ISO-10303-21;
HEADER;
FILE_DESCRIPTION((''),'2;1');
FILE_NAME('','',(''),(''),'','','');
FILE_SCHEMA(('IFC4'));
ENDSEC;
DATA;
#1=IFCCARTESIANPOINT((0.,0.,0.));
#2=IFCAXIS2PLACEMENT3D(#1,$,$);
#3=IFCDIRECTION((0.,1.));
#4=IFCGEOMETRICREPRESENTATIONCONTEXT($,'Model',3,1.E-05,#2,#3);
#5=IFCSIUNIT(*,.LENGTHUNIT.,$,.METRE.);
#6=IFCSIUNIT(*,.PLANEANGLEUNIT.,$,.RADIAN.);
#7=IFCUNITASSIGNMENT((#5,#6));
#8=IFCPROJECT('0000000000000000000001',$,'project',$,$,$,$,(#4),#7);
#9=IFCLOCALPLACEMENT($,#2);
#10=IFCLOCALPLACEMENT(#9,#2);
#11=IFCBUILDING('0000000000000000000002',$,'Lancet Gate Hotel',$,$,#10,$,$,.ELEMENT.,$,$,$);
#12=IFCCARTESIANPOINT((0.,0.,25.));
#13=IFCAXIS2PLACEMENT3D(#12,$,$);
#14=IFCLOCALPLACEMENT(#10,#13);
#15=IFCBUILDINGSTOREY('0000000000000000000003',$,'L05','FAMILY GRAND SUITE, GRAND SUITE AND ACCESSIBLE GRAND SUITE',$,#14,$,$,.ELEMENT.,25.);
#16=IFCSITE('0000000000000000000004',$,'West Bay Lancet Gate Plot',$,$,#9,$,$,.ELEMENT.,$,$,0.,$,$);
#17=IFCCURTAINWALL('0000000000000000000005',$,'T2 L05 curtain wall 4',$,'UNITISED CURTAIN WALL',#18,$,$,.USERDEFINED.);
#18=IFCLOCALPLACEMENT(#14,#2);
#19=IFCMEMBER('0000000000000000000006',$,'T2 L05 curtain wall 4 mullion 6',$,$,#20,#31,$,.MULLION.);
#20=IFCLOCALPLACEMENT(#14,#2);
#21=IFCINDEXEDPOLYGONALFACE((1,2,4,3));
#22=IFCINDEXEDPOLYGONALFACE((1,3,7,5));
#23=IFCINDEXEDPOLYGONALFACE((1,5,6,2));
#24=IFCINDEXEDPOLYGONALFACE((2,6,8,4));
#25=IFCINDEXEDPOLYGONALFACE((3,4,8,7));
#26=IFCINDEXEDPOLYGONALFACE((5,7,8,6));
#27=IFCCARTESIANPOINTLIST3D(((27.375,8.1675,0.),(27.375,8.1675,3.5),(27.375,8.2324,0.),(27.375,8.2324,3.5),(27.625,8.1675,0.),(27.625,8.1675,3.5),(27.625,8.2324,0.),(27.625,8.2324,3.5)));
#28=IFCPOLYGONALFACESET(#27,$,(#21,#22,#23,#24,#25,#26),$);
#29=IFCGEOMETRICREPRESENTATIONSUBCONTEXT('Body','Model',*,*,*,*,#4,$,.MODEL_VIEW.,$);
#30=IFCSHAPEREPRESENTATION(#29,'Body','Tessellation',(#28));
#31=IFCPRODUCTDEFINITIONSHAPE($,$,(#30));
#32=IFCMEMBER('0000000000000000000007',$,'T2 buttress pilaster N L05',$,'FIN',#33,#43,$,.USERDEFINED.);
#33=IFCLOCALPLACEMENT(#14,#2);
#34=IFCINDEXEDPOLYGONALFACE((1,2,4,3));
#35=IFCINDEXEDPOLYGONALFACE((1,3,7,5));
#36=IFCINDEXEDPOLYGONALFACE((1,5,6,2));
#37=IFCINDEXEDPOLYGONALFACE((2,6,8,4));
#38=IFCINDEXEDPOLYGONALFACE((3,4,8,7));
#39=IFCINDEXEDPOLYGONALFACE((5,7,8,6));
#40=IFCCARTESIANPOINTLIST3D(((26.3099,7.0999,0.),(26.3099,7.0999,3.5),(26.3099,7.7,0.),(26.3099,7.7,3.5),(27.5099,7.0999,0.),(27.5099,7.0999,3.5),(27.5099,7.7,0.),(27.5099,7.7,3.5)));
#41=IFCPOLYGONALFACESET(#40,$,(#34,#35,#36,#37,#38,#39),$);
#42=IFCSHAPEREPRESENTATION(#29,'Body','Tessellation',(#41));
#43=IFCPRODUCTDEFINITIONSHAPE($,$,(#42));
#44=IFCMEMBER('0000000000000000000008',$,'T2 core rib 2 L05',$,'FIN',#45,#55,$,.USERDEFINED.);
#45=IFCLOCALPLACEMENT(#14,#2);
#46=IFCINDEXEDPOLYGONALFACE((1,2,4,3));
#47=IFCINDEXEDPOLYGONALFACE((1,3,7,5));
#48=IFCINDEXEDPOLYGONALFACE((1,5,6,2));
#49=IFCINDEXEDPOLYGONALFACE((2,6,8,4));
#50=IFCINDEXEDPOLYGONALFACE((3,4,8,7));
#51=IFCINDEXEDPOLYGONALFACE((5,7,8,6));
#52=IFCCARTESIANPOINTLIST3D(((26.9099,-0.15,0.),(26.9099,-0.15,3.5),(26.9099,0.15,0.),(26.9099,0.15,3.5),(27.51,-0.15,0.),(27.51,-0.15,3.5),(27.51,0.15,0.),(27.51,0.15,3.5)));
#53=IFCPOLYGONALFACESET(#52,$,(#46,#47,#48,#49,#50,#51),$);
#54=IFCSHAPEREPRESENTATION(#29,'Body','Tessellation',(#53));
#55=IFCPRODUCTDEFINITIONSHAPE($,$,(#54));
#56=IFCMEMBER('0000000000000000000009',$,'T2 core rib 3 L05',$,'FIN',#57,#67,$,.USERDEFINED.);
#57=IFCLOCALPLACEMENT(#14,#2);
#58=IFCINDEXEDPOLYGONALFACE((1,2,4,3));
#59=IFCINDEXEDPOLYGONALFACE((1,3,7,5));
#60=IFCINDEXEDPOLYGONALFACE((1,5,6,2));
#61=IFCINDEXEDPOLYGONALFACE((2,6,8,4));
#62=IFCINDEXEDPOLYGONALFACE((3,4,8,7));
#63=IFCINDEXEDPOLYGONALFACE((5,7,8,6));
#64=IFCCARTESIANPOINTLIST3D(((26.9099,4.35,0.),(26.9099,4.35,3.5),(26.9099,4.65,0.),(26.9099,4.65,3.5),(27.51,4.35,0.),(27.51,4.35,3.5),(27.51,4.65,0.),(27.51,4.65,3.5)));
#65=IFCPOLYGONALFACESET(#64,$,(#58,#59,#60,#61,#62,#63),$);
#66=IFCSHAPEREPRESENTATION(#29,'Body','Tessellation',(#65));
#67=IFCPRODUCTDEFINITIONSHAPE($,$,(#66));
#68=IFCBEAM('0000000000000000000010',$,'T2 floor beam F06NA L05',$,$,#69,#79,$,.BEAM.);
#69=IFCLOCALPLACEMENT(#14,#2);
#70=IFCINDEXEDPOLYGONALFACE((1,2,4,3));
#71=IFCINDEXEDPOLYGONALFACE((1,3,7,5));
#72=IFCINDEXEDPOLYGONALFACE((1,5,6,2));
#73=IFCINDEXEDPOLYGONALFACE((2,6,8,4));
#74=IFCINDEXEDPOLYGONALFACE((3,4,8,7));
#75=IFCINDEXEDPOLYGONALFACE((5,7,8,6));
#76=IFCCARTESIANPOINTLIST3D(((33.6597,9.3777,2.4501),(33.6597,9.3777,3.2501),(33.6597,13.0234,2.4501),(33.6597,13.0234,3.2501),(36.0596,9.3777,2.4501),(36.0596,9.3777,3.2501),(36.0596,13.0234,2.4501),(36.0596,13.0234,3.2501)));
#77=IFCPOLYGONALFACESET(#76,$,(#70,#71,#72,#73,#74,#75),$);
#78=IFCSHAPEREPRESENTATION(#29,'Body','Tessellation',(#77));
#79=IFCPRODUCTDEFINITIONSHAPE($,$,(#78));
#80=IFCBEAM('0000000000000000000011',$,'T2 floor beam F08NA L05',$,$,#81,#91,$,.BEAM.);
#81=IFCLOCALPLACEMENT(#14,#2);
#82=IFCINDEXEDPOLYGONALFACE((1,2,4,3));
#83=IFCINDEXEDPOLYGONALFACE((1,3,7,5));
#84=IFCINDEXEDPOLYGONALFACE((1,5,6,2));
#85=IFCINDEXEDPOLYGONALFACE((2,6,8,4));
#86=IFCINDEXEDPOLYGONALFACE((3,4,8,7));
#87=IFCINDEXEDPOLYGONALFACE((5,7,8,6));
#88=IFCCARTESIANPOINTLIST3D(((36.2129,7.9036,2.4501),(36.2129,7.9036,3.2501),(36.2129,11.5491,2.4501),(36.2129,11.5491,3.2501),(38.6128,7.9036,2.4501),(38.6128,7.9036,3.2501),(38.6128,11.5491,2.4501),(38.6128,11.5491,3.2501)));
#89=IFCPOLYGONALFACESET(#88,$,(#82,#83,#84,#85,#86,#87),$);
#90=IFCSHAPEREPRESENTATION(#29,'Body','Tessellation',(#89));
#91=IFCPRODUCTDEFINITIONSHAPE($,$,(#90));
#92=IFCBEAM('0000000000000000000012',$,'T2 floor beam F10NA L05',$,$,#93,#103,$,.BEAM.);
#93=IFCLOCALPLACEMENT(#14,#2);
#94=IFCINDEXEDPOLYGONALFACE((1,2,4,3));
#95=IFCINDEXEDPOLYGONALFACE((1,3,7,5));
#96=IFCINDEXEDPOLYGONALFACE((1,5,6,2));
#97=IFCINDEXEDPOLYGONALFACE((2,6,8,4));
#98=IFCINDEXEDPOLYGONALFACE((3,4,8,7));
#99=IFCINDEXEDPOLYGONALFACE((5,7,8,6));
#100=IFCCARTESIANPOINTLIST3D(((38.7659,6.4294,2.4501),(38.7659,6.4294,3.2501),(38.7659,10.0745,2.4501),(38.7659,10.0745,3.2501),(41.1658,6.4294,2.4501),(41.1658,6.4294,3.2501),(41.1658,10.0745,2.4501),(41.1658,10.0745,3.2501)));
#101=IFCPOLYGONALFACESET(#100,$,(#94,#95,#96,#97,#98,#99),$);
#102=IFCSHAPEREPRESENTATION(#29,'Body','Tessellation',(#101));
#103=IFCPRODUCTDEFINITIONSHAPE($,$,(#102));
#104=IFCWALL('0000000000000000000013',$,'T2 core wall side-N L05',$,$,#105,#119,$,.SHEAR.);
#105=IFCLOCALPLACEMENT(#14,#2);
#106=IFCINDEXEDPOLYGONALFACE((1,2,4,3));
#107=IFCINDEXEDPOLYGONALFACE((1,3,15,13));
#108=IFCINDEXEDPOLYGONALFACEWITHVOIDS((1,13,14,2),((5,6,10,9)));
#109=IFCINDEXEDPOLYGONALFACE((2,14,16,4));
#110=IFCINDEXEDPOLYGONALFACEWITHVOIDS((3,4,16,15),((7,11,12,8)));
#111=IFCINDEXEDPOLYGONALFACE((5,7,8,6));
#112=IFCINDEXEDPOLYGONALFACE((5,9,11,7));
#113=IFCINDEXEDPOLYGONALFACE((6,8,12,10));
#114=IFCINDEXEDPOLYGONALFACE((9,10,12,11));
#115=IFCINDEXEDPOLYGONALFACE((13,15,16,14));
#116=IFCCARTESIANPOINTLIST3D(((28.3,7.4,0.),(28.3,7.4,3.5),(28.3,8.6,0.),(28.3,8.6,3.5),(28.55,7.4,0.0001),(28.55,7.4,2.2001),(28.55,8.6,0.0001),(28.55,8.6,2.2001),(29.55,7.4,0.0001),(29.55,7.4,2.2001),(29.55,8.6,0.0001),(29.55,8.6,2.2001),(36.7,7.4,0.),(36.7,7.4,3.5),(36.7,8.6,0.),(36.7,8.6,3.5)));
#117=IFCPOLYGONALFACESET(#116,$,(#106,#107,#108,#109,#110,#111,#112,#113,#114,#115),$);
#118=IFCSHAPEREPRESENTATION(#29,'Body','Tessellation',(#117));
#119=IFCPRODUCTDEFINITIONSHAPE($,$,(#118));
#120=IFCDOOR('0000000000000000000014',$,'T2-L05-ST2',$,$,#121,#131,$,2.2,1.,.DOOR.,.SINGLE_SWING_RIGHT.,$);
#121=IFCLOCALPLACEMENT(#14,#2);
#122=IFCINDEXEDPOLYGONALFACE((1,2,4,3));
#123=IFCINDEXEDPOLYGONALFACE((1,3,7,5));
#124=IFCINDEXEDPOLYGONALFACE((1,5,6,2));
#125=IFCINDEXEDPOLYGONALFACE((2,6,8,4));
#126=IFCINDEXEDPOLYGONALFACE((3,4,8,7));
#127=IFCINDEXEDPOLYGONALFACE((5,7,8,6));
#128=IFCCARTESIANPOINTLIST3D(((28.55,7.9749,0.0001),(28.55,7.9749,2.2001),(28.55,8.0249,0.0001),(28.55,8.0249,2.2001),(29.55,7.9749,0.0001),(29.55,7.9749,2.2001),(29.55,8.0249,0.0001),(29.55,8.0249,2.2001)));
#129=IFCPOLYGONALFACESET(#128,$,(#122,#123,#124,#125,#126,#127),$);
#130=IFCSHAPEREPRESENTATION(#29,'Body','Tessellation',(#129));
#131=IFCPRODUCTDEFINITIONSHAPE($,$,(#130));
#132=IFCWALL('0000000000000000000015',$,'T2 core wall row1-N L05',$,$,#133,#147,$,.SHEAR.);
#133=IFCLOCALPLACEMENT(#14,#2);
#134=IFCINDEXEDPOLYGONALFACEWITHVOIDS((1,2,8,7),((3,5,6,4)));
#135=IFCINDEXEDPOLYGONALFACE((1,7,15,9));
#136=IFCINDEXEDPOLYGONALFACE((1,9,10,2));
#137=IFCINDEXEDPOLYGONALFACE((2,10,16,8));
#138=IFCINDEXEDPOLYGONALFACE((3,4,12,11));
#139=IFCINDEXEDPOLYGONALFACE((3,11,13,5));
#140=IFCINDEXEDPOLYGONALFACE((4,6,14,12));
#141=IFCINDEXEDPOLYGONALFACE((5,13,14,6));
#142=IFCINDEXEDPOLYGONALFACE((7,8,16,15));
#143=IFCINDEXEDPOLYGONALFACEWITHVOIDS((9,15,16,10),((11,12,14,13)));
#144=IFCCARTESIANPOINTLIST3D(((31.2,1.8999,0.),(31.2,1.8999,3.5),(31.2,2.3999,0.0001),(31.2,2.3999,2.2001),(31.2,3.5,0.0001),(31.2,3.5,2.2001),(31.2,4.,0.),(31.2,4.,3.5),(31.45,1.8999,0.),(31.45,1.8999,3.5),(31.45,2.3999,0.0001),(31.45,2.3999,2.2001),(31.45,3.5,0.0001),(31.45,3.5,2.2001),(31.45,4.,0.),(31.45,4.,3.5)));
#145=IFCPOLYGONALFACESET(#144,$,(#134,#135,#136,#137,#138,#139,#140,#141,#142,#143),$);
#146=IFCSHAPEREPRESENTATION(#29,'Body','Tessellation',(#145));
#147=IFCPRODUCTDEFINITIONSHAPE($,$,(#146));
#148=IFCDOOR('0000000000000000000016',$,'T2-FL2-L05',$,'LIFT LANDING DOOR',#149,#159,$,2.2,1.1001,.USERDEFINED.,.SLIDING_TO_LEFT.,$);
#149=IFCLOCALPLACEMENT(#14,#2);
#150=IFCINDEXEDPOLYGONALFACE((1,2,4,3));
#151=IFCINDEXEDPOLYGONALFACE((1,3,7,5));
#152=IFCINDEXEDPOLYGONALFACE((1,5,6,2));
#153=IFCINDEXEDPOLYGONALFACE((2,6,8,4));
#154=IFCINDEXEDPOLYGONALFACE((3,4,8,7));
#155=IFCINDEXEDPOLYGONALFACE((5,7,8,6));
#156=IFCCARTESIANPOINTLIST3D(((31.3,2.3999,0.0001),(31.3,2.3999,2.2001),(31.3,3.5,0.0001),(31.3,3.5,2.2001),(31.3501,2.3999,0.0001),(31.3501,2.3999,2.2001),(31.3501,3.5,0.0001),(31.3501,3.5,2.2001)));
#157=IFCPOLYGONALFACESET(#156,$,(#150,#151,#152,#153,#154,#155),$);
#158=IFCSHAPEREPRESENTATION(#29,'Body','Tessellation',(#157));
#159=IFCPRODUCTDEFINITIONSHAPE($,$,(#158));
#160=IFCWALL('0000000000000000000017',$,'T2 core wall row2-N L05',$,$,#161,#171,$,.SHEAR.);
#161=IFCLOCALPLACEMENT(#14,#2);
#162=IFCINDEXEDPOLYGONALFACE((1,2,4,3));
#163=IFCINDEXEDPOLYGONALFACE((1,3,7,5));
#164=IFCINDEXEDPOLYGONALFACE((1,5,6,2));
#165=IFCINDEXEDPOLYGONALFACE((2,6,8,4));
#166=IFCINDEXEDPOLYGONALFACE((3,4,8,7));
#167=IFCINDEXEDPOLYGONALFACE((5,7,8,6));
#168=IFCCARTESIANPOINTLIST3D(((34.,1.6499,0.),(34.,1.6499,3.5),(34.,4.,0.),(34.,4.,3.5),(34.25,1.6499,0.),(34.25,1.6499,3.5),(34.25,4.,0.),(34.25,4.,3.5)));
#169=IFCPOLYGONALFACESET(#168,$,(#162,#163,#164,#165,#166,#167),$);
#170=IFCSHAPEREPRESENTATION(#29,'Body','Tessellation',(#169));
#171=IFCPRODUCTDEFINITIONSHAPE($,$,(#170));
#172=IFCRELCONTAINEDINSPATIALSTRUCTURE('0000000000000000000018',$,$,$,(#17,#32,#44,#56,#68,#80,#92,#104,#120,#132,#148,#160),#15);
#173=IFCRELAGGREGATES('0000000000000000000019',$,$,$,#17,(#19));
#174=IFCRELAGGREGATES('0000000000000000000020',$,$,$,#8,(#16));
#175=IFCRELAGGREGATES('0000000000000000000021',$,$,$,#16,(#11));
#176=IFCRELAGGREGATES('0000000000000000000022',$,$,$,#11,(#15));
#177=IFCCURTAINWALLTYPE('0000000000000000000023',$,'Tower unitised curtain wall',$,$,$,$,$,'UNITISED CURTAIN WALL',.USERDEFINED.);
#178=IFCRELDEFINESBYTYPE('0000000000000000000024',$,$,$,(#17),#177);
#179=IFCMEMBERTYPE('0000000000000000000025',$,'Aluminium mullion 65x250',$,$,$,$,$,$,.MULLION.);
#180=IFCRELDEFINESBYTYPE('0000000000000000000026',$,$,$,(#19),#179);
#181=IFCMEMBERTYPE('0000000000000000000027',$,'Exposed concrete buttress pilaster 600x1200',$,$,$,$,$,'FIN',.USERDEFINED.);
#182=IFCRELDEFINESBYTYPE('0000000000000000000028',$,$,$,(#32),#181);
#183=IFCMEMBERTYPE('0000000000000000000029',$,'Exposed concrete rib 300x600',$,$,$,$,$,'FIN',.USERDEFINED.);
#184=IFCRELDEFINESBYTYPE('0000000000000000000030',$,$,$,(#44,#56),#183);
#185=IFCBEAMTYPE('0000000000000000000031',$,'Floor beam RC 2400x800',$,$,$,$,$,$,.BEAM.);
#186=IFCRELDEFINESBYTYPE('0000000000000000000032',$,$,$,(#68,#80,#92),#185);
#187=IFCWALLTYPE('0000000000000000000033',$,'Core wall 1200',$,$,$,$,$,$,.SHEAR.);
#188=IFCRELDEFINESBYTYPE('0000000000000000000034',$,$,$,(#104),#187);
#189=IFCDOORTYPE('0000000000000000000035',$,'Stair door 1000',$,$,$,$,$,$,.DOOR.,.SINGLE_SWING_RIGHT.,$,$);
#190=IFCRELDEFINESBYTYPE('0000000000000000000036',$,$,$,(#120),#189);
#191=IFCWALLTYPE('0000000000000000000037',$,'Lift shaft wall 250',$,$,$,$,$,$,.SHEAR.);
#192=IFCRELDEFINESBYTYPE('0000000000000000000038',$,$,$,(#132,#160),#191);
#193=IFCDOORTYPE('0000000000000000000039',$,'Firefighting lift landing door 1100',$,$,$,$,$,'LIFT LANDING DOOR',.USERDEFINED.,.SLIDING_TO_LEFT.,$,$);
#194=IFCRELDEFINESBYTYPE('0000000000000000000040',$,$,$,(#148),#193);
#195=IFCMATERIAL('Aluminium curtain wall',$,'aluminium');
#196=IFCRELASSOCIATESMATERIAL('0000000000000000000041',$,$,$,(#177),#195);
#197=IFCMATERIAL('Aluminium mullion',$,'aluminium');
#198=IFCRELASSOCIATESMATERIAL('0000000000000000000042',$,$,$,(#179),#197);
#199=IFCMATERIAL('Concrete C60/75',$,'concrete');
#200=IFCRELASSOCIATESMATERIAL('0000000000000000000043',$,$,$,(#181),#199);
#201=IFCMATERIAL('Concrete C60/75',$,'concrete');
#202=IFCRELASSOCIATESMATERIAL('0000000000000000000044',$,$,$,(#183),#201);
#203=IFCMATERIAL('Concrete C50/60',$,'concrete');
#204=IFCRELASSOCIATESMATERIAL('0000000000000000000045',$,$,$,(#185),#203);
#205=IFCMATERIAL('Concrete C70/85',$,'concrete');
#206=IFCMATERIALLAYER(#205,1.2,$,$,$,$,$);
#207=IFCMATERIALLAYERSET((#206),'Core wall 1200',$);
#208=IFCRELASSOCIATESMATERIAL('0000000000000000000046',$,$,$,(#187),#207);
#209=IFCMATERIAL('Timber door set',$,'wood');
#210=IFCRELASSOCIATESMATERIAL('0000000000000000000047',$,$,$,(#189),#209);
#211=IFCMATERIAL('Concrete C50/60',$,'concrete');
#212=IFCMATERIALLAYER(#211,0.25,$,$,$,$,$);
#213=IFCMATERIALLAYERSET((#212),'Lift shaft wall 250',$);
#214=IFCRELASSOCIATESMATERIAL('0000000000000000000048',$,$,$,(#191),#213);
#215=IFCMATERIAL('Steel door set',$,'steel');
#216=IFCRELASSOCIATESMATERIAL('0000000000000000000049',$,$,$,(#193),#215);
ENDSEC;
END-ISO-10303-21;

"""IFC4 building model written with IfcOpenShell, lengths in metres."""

from ifc_helpers import new_model, si_unit, direction, frame, frame_2d, origin, origin_2d, place, context, subcontext, project, spatial, rectangle, extrude, material, layer, layer_set, material_profile, profile_set, type_object, element, fill, aggregate, save


model = new_model("IFC4")

# Units and contexts
model_context = context("Model", 3, precision=1e-05, world=origin(), true_north=direction((0.0, 1.0)))
body_context = subcontext(model_context, "Body", "Model", "MODEL_VIEW")
ifc_project = project(units=[si_unit("LENGTHUNIT", "METRE"), si_unit("PLANEANGLEUNIT", "RADIAN")], contexts=[model_context])

# Site, building, storey
site_placement = place(None, origin())
site = spatial("IfcSite", under=ifc_project, at=site_placement, Name="West Bay Lancet Gate Plot", CompositionType="ELEMENT", RefElevation=0.0)
building_placement = place(site_placement, origin())
building = spatial("IfcBuilding", under=site, at=building_placement, Name="Lancet Gate Hotel", CompositionType="ELEMENT")
storey_placement = place(building_placement, frame((0.0, 0.0, 25.0)))
storey = spatial("IfcBuildingStorey", under=building, at=storey_placement, Name="L05", Description="FAMILY GRAND SUITE, GRAND SUITE AND ACCESSIBLE GRAND SUITE", CompositionType="ELEMENT", Elevation=25.0)

# Curtain wall, member
ifc_material_1 = material(Name="Aluminium curtain wall", Category="aluminium")
curtain_wall_type = type_object("IfcCurtainWallType", Name="Tower unitised curtain wall", ElementType="UNITISED CURTAIN WALL", PredefinedType="USERDEFINED", material=ifc_material_1)
curtain_wall_placement = place(storey_placement, origin())
curtain_wall = element("IfcCurtainWall", 1, at=curtain_wall_placement, inside=storey, type_object=curtain_wall_type, Name="T2 L05 curtain wall 4", ObjectType="UNITISED CURTAIN WALL", PredefinedType="USERDEFINED")
ifc_material_2 = material(Name="Aluminium mullion", Category="aluminium")
ifc_material_profile_1 = material_profile(ifc_material_2, rectangle(XDim=0.0649, YDim=0.25, at=origin_2d()), Name="MULLION 65x250")
ifc_profile_set_1 = profile_set([ifc_material_profile_1], Name="Aluminium mullion")
member_type_1 = type_object("IfcMemberType", Name="Aluminium mullion 65x250", PredefinedType="MULLION", material=ifc_profile_set_1)
member_1_placement = place(storey_placement, frame((27.5, 8.2, 0.0), z_axis=(0.0, 0.0, 1.0), x_axis=(0.0, -1.0, 0.0)))
member_1 = element("IfcMember", 2, at=member_1_placement, type_object=member_type_1, Name="T2 L05 curtain wall 4 mullion 6", PredefinedType="MULLION", context=body_context, shape_type="SweptSolid", body=[
    extrude(rectangle(XDim=0.0649, YDim=0.25, at=origin_2d()), origin(), (0.0, 0.0, 1.0), 3.5),
])
aggregate(curtain_wall, [member_1])

# Members
ifc_material_3 = material(Name="Concrete C60/75", Category="concrete")
ifc_material_profile_2 = material_profile(ifc_material_3, rectangle(XDim=0.6001, YDim=1.2, at=origin_2d()), Name="FIN 600x1200")
ifc_profile_set_2 = profile_set([ifc_material_profile_2], Name="Concrete C60/75")
member_type_2 = type_object("IfcMemberType", Name="Exposed concrete buttress pilaster 600x1200", ElementType="FIN", PredefinedType="USERDEFINED", material=ifc_profile_set_2)
member_2_placement = place(storey_placement, frame((26.9099, 7.3999, 0.0), z_axis=(0.0, 0.0, 1.0), x_axis=(0.0, 1.0, 0.0)))
element("IfcMember", 3, at=member_2_placement, inside=storey, type_object=member_type_2, Name="T2 buttress pilaster N L05", ObjectType="FIN", PredefinedType="USERDEFINED", context=body_context, shape_type="SweptSolid", body=[
    extrude(rectangle(XDim=0.6001, YDim=1.2, at=origin_2d()), origin(), (0.0, 0.0, 1.0), 3.5),
])
ifc_material_4 = material(Name="Concrete C60/75", Category="concrete")
ifc_material_profile_3 = material_profile(ifc_material_4, rectangle(XDim=0.3, YDim=0.6001, at=origin_2d()), Name="FIN 300x600")
ifc_profile_set_3 = profile_set([ifc_material_profile_3], Name="Concrete C60/75")
member_type_3 = type_object("IfcMemberType", Name="Exposed concrete rib 300x600", ElementType="FIN", PredefinedType="USERDEFINED", material=ifc_profile_set_3)
for number, where, z_axis, x_axis, name in (
    (4, (27.21, 0.0, 0.0), (0.0, 0.0, 1.0), (0.0, 1.0, 0.0), "T2 core rib 2 L05"),
    (5, (27.21, 4.5, 0.0), (0.0, 0.0, 1.0), (0.0, 1.0, 0.0), "T2 core rib 3 L05"),
):
    element("IfcMember", number, at=place(storey_placement, frame(where, z_axis=z_axis, x_axis=x_axis)), inside=storey, type_object=member_type_3, Name=name, ObjectType="FIN", PredefinedType="USERDEFINED", context=body_context, shape_type="SweptSolid", body=[
        extrude(rectangle(XDim=0.3, YDim=0.6001, at=origin_2d()), origin(), (0.0, 0.0, 1.0), 3.5),
    ])

# Beams
ifc_material_5 = material(Name="Concrete C50/60", Category="concrete")
ifc_material_profile_4 = material_profile(ifc_material_5, rectangle(XDim=2.3999, YDim=0.8, at=origin_2d()), Name="RC 2400x800")
ifc_profile_set_4 = profile_set([ifc_material_profile_4], Name="Concrete C50/60")
beam_type = type_object("IfcBeamType", Name="Floor beam RC 2400x800", PredefinedType="BEAM", material=ifc_profile_set_4)
beam_1_placement = place(storey_placement, frame((34.8596, 9.3777, 2.8501), z_axis=(0.0, 1.0, 0.0), x_axis=(-1.0, 0.0, 0.0)))
element("IfcBeam", 6, at=beam_1_placement, inside=storey, type_object=beam_type, Name="T2 floor beam F06NA L05", PredefinedType="BEAM", context=body_context, shape_type="SweptSolid", body=[
    extrude(rectangle(XDim=2.3999, YDim=0.8, at=origin_2d()), origin(), (0.0, 0.0, 1.0), 3.6458),
])
beam_2_placement = place(storey_placement, frame((37.4128, 7.9036, 2.8501), z_axis=(0.0, 1.0, 0.0), x_axis=(-1.0, 0.0, 0.0)))
element("IfcBeam", 7, at=beam_2_placement, inside=storey, type_object=beam_type, Name="T2 floor beam F08NA L05", PredefinedType="BEAM", context=body_context, shape_type="SweptSolid", body=[
    extrude(rectangle(XDim=2.3999, YDim=0.8, at=origin_2d()), origin(), (0.0, 0.0, 1.0), 3.6455),
])
beam_3_placement = place(storey_placement, frame((39.9658, 6.4294, 2.8501), z_axis=(0.0, 1.0, 0.0), x_axis=(-1.0, 0.0, 0.0)))
element("IfcBeam", 8, at=beam_3_placement, inside=storey, type_object=beam_type, Name="T2 floor beam F10NA L05", PredefinedType="BEAM", context=body_context, shape_type="SweptSolid", body=[
    extrude(rectangle(XDim=2.3999, YDim=0.8, at=origin_2d()), origin(), (0.0, 0.0, 1.0), 3.645),
])

# Walls, openings, doors
ifc_material_6 = material(Name="Concrete C70/85", Category="concrete")
ifc_layer_1 = layer(ifc_material_6, 1.2)
ifc_layer_set_1 = layer_set([ifc_layer_1], Name="Core wall 1200")
wall_type_1 = type_object("IfcWallType", Name="Core wall 1200", PredefinedType="SHEAR", material=ifc_layer_set_1)
wall_1_placement = place(storey_placement, frame((28.3, 8.0, 0.0), z_axis=(0.0, 0.0, 1.0), x_axis=(1.0, 0.0, 0.0)))
wall_1 = element("IfcWall", 9, at=wall_1_placement, inside=storey, type_object=wall_type_1, Name="T2 core wall side-N L05", PredefinedType="SHEAR", context=body_context, shape_type="SweptSolid", body=[
    extrude(rectangle(XDim=8.3999, YDim=1.2, at=frame_2d((4.2, 0.0))), origin(), (0.0, 0.0, 1.0), 3.5),
])
opening_1_placement = place(wall_1_placement, frame((0.25, 0.0, 0.0)))
opening_1 = element("IfcOpeningElement", 10, at=opening_1_placement, cuts=wall_1, PredefinedType="OPENING", context=body_context, shape_type="SweptSolid", body=[
    extrude(rectangle(XDim=1.0, YDim=2.2, at=frame_2d((0.5, 1.1001))), frame((0.0, 0.6099, 0.0), z_axis=(0.0, -1.0, 0.0), x_axis=(1.0, 0.0, 0.0)), (0.0, 0.0, 1.0), 1.22),
])
ifc_material_7 = material(Name="Timber door set", Category="wood")
door_type_1 = type_object("IfcDoorType", Name="Stair door 1000", OperationType="SINGLE_SWING_RIGHT", PredefinedType="DOOR", material=ifc_material_7)
door_1_placement = place(opening_1_placement, origin())
door_1 = element("IfcDoor", 11, at=door_1_placement, inside=storey, type_object=door_type_1, Name="T2-L05-ST2", OperationType="SINGLE_SWING_RIGHT", OverallHeight=2.2, OverallWidth=1.0, PredefinedType="DOOR", context=body_context, shape_type="SweptSolid", body=[
    extrude(rectangle(XDim=1.0, YDim=2.2, at=frame_2d((0.5, 1.1001))), frame((0.0, 0.0249, 0.0), z_axis=(0.0, -1.0, 0.0), x_axis=(1.0, 0.0, 0.0)), (0.0, 0.0, 1.0), 0.05),
])
fill(opening_1, door_1)
ifc_material_8 = material(Name="Concrete C50/60", Category="concrete")
ifc_layer_2 = layer(ifc_material_8, 0.25)
ifc_layer_set_2 = layer_set([ifc_layer_2], Name="Lift shaft wall 250")
wall_type_2 = type_object("IfcWallType", Name="Lift shaft wall 250", PredefinedType="SHEAR", material=ifc_layer_set_2)
wall_2_placement = place(storey_placement, frame((31.325, 1.8999, 0.0), z_axis=(0.0, 0.0, 1.0), x_axis=(0.0, 1.0, 0.0)))
wall_2 = element("IfcWall", 12, at=wall_2_placement, inside=storey, type_object=wall_type_2, Name="T2 core wall row1-N L05", PredefinedType="SHEAR", context=body_context, shape_type="SweptSolid", body=[
    extrude(rectangle(XDim=2.1001, YDim=0.25, at=frame_2d((1.05, 0.0))), origin(), (0.0, 0.0, 1.0), 3.5),
])
opening_2_placement = place(wall_2_placement, frame((0.5, 0.0, 0.0)))
opening_2 = element("IfcOpeningElement", 13, at=opening_2_placement, cuts=wall_2, PredefinedType="OPENING", context=body_context, shape_type="SweptSolid", body=[
    extrude(rectangle(XDim=1.1001, YDim=2.2, at=frame_2d((0.55, 1.1001))), frame((0.0, 0.135, 0.0), z_axis=(0.0, -1.0, 0.0), x_axis=(1.0, 0.0, 0.0)), (0.0, 0.0, 1.0), 0.27),
])
ifc_material_9 = material(Name="Steel door set", Category="steel")
door_type_2 = type_object("IfcDoorType", Name="Firefighting lift landing door 1100", ElementType="LIFT LANDING DOOR", OperationType="SLIDING_TO_LEFT", PredefinedType="USERDEFINED", material=ifc_material_9)
door_2_placement = place(opening_2_placement, origin())
door_2 = element("IfcDoor", 14, at=door_2_placement, inside=storey, type_object=door_type_2, Name="T2-FL2-L05", ObjectType="LIFT LANDING DOOR", OperationType="SLIDING_TO_LEFT", OverallHeight=2.2, OverallWidth=1.1001, PredefinedType="USERDEFINED", context=body_context, shape_type="SweptSolid", body=[
    extrude(rectangle(XDim=1.1001, YDim=2.2, at=frame_2d((0.55, 1.1001))), frame((0.0, 0.0249, 0.0), z_axis=(0.0, -1.0, 0.0), x_axis=(1.0, 0.0, 0.0)), (0.0, 0.0, 1.0), 0.05),
])
fill(opening_2, door_2)

# Wall
wall_3_placement = place(storey_placement, frame((34.125, 1.6499, 0.0), z_axis=(0.0, 0.0, 1.0), x_axis=(0.0, 1.0, 0.0)))
element("IfcWall", 15, at=wall_3_placement, inside=storey, type_object=wall_type_2, Name="T2 core wall row2-N L05", PredefinedType="SHEAR", context=body_context, shape_type="SweptSolid", body=[
    extrude(rectangle(XDim=2.3501, YDim=0.25, at=frame_2d((1.175, 0.0))), origin(), (0.0, 0.0, 1.0), 3.5),
])

save(model, "model.ifc")
